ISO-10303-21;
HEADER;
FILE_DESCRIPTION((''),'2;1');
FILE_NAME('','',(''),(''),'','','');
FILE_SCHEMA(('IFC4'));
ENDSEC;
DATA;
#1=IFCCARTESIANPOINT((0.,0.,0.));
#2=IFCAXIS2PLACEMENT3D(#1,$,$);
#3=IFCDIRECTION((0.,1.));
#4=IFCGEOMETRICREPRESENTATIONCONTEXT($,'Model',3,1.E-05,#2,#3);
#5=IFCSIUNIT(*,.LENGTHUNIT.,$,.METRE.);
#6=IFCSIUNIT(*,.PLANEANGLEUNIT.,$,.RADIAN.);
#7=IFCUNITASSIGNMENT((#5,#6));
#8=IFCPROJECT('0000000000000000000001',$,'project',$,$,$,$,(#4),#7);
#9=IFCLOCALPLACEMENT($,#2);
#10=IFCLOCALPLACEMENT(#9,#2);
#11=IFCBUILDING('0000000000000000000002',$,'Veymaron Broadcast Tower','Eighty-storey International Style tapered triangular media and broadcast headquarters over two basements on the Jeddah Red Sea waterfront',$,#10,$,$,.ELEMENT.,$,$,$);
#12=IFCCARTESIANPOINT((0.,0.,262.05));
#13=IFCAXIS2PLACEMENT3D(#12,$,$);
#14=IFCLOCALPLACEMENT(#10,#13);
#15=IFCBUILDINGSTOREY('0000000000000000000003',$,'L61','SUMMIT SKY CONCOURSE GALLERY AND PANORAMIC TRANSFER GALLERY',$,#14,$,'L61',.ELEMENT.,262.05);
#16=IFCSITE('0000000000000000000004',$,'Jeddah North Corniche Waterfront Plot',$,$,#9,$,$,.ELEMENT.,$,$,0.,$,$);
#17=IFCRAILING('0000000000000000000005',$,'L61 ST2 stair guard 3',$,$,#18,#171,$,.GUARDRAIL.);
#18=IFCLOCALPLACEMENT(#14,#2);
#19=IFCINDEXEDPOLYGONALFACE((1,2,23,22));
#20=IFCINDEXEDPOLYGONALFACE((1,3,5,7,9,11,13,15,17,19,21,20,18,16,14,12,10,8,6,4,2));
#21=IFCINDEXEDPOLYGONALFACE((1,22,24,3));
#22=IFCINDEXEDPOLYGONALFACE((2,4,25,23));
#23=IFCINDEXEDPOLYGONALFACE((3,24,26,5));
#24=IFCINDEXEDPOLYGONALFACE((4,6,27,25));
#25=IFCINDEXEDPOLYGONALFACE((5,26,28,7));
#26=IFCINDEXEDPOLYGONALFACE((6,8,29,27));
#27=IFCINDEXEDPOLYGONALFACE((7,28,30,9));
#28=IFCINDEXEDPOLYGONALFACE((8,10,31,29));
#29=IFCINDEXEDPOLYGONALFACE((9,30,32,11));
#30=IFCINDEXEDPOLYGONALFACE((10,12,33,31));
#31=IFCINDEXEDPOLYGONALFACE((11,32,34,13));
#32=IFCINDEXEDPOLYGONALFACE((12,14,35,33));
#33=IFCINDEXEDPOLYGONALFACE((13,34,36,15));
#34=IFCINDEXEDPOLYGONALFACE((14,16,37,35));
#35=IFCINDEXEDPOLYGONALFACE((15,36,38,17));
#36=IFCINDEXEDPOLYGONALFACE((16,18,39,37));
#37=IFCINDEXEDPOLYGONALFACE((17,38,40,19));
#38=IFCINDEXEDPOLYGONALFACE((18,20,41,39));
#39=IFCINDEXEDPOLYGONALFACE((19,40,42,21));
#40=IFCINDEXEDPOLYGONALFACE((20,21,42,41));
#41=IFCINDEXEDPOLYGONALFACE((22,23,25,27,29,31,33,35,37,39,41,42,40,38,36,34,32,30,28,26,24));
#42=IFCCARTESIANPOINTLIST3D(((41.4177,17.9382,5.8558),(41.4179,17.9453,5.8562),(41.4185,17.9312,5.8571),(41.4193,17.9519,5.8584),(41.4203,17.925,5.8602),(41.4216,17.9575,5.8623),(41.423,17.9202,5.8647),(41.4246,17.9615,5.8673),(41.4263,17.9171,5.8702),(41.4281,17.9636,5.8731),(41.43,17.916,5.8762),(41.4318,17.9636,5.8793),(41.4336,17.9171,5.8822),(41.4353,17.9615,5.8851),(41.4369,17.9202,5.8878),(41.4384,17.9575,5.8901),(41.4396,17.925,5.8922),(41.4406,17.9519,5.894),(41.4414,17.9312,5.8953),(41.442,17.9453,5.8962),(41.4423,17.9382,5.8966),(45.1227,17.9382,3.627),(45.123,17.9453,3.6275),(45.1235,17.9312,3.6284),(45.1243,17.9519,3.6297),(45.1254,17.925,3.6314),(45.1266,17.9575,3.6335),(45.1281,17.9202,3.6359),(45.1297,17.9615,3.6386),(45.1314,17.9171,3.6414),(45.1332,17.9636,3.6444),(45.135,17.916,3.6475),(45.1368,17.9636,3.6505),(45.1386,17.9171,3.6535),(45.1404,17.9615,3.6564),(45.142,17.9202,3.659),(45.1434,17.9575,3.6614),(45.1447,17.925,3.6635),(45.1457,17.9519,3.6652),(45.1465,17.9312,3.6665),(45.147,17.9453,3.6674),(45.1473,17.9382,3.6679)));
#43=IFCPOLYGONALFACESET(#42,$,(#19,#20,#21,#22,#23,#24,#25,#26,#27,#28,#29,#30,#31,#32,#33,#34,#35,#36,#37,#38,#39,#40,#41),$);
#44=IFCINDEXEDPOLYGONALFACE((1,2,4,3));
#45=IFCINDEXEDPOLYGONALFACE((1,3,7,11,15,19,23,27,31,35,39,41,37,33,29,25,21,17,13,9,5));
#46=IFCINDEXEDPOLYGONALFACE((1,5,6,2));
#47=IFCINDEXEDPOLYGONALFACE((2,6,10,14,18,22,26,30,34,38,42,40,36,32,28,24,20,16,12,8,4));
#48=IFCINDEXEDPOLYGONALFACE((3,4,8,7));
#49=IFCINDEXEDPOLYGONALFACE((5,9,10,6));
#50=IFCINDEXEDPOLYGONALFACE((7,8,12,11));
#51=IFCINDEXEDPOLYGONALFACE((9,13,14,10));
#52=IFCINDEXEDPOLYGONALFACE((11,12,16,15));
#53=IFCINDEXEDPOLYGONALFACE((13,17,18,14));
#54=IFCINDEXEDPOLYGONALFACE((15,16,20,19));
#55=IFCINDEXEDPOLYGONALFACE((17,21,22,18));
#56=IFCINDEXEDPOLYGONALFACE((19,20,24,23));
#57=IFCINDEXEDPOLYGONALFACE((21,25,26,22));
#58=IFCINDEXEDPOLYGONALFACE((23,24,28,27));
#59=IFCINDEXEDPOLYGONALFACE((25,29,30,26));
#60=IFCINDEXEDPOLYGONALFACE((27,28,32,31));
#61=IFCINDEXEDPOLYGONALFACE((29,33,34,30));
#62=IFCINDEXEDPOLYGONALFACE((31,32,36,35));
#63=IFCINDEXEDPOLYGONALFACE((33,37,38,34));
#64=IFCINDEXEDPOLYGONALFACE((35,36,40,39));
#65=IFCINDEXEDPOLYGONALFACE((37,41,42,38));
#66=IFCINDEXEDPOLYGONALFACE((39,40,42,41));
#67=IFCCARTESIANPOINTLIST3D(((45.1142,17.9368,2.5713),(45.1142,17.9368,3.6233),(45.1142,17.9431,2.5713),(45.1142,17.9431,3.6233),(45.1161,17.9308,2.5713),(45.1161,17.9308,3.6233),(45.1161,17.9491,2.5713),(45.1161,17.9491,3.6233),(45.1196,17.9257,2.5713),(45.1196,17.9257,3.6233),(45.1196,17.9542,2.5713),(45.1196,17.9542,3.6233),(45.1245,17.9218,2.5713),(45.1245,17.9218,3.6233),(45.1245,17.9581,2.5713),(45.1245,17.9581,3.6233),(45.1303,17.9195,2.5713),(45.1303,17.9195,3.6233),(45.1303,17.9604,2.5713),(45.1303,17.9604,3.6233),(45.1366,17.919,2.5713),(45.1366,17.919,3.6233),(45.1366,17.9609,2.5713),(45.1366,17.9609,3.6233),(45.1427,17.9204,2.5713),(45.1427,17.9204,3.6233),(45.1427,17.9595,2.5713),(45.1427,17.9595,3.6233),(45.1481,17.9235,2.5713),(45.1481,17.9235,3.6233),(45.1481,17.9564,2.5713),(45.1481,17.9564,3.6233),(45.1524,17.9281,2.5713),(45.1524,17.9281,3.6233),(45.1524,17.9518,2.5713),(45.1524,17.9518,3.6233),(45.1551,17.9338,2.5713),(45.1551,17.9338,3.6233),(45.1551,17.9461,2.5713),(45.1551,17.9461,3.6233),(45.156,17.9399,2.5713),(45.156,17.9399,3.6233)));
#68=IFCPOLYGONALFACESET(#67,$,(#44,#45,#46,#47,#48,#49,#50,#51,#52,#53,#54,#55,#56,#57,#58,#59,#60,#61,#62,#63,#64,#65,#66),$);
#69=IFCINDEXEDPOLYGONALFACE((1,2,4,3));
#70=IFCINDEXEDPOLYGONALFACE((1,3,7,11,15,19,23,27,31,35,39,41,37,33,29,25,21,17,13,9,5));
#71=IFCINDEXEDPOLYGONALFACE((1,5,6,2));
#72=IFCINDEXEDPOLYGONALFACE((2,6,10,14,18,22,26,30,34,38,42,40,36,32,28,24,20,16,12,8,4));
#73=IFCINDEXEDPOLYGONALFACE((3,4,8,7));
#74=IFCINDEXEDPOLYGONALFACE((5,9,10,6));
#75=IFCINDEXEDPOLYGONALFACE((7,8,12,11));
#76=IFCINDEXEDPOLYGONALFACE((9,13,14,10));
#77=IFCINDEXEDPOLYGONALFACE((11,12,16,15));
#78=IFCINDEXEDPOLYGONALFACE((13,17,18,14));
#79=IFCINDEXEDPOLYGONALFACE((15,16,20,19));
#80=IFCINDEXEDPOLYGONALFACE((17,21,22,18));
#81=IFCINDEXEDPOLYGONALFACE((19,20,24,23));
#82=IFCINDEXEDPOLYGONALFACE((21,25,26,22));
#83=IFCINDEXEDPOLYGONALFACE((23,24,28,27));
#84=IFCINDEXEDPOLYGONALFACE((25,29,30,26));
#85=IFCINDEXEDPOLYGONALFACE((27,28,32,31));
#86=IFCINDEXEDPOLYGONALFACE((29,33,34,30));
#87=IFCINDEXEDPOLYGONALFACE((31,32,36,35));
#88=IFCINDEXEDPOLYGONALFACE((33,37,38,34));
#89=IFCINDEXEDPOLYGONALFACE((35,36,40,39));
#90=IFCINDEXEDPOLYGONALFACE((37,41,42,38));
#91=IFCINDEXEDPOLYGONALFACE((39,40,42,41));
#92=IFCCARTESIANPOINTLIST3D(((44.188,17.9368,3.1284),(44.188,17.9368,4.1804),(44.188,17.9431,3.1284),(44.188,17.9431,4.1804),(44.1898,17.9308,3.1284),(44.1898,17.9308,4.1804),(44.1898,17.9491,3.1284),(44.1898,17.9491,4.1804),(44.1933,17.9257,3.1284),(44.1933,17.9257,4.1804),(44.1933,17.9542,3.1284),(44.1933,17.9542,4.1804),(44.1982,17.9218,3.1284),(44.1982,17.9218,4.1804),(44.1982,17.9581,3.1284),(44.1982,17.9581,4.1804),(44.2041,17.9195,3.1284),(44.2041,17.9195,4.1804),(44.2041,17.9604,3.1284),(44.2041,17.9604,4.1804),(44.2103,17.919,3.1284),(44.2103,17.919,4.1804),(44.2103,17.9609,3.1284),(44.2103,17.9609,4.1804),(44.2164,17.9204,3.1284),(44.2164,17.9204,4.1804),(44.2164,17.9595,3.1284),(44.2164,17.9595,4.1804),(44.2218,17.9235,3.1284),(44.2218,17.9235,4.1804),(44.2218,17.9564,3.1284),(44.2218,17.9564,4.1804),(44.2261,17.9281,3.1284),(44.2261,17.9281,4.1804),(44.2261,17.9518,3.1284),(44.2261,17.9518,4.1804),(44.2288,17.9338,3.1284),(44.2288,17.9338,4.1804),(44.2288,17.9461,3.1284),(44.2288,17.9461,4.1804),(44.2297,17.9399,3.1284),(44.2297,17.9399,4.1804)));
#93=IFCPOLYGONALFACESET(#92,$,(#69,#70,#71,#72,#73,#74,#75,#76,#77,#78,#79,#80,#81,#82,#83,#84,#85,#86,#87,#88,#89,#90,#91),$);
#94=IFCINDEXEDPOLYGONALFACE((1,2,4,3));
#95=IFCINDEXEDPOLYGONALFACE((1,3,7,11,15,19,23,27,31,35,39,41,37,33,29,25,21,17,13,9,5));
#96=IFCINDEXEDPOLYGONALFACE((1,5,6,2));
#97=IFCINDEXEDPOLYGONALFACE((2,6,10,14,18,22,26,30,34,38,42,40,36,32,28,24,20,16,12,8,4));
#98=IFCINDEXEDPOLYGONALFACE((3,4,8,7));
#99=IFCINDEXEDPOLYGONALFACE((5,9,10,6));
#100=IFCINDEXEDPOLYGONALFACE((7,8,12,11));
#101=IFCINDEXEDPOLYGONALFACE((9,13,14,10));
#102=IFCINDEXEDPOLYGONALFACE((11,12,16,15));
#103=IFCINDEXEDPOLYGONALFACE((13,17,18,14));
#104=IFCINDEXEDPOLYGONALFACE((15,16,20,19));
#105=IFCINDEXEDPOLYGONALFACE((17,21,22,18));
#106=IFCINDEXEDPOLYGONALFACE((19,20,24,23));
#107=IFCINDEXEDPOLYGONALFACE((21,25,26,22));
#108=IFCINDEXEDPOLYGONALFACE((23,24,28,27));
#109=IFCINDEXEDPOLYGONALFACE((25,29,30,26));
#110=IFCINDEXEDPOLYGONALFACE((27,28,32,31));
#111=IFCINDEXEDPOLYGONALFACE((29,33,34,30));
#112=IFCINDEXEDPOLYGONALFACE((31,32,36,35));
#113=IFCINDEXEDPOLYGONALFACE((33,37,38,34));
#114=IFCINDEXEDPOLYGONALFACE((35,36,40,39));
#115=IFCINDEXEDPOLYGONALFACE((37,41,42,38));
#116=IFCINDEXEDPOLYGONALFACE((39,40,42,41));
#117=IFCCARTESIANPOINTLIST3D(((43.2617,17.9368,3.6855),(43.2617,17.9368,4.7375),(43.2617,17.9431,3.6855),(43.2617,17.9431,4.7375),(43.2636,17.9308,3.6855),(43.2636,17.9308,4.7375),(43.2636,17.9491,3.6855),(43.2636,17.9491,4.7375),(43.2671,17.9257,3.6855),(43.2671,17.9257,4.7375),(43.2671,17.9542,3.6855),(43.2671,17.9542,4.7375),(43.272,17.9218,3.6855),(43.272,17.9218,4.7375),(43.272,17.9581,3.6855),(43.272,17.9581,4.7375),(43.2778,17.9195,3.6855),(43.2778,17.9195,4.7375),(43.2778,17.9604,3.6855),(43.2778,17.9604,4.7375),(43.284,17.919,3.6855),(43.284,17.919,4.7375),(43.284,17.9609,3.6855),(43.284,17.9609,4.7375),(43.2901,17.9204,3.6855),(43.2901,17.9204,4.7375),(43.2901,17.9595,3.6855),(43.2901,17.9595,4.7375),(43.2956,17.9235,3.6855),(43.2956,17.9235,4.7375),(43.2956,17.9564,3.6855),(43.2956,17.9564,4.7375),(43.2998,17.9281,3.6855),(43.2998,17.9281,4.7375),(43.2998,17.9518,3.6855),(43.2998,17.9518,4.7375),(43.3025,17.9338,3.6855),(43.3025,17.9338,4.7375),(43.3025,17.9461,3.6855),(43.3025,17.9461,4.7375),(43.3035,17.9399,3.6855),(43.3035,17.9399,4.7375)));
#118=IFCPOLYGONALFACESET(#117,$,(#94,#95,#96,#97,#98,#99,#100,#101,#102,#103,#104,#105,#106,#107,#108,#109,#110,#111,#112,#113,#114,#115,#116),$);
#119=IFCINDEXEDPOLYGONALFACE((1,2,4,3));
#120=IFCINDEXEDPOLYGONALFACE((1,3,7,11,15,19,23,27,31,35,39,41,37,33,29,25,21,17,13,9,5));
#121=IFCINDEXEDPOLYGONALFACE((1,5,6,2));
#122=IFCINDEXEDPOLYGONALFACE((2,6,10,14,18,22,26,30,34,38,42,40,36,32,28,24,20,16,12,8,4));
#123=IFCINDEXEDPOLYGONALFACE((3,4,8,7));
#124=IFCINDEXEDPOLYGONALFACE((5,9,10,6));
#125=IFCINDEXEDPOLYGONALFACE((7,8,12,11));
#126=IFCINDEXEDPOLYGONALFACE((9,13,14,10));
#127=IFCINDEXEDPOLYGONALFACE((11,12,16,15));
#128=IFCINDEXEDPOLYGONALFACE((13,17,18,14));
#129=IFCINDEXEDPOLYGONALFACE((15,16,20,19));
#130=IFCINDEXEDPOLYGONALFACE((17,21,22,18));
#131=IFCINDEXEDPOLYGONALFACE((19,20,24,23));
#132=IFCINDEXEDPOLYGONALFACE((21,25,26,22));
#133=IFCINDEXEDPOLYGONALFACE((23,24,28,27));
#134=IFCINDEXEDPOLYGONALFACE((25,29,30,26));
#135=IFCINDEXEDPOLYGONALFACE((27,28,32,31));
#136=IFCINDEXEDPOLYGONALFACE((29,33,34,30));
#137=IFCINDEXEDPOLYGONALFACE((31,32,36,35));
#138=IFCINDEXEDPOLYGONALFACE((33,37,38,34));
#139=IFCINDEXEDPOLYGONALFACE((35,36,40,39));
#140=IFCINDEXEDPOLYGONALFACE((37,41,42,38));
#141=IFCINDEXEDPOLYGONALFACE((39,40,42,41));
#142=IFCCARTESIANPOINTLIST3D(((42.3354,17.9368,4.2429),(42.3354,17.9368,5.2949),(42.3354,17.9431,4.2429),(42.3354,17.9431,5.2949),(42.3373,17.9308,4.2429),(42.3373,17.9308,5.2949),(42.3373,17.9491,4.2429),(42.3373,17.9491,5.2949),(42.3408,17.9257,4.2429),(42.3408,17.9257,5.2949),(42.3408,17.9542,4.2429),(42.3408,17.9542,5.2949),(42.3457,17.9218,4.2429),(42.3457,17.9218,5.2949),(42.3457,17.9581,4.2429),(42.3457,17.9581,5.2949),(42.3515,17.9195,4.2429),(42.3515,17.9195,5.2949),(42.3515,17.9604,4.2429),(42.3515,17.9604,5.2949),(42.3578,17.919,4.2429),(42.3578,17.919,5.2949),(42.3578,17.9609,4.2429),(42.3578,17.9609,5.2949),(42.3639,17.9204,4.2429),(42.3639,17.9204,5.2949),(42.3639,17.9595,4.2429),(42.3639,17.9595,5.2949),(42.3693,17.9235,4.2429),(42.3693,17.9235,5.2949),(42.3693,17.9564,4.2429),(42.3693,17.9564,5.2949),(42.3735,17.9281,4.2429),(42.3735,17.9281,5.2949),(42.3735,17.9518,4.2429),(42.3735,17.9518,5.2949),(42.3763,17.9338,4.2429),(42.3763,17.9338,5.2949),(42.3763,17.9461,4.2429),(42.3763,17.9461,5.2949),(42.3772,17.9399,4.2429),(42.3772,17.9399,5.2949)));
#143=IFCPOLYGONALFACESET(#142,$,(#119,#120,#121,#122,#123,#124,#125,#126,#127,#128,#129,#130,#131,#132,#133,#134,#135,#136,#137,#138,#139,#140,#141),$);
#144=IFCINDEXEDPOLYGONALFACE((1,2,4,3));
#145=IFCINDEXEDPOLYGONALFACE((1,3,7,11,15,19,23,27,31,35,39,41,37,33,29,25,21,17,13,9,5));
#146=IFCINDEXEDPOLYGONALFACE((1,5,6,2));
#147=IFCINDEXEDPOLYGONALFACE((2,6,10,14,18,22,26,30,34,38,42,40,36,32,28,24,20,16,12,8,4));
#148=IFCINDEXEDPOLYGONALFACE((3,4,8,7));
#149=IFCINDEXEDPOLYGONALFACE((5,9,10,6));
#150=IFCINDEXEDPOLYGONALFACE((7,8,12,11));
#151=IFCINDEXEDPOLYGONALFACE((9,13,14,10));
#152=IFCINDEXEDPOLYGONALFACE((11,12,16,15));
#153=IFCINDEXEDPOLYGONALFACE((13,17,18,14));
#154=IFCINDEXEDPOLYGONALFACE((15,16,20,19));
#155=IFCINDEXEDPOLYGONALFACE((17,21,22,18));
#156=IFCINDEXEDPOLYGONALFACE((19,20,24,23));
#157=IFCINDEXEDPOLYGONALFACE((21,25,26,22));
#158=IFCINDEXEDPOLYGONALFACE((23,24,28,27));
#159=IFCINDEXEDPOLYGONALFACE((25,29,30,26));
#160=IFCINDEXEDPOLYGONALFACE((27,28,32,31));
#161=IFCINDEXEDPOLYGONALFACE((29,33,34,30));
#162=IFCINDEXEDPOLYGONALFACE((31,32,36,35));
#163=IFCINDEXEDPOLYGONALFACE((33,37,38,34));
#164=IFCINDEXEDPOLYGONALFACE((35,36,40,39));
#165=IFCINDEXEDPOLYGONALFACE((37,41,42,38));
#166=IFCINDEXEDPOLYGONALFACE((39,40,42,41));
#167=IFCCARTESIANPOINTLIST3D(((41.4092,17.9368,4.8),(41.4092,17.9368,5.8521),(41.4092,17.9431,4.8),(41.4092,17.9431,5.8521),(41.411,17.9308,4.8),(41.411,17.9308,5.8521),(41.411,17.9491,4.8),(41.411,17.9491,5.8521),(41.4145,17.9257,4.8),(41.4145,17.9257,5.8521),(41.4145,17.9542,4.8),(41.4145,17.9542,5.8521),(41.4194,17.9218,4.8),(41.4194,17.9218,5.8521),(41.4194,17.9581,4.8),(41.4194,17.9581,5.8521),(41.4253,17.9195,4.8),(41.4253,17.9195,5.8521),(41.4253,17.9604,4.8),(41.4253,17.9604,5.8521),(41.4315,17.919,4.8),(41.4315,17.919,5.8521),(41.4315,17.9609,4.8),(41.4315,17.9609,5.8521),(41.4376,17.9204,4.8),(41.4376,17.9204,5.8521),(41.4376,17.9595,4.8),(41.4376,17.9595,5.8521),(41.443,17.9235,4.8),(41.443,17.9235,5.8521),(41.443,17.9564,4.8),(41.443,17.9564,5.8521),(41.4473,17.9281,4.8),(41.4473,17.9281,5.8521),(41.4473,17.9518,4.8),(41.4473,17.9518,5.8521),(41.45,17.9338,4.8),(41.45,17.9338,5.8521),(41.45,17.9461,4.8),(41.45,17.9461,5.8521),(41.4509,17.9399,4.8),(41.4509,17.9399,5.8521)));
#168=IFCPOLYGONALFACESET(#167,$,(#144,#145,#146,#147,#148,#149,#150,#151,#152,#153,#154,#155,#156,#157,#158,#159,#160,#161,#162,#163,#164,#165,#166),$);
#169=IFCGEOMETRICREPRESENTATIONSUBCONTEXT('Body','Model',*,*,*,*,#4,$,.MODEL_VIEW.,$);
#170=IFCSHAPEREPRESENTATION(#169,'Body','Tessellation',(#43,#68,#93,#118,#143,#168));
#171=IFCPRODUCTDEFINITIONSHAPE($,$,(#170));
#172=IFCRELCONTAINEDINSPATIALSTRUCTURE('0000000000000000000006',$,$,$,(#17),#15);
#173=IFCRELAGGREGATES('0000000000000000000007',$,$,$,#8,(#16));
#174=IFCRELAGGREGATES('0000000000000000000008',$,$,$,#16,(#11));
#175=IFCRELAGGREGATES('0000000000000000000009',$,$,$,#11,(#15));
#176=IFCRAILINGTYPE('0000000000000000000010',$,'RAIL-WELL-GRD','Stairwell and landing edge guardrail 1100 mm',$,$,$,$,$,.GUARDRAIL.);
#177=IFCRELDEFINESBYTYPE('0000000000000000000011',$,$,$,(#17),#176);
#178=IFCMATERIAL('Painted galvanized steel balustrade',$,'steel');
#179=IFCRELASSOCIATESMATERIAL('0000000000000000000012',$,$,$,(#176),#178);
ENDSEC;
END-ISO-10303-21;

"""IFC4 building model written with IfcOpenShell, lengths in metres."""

from ifc_helpers import new_model, si_unit, direction, frame, origin, origin_2d, place, context, subcontext, project, spatial, circle, extrude, material, type_object, element, save


model = new_model("IFC4")

# Units and contexts
model_context = context("Model", 3, precision=1e-05, world=origin(), true_north=direction((0.0, 1.0)))
body_context = subcontext(model_context, "Body", "Model", "MODEL_VIEW")
ifc_project = project(units=[si_unit("LENGTHUNIT", "METRE"), si_unit("PLANEANGLEUNIT", "RADIAN")], contexts=[model_context])

# Site, building, storey
site_placement = place(None, origin())
site = spatial("IfcSite", under=ifc_project, at=site_placement, Name="Jeddah North Corniche Waterfront Plot", CompositionType="ELEMENT", RefElevation=0.0)
building_placement = place(site_placement, origin())
building = spatial("IfcBuilding", under=site, at=building_placement, Name="Veymaron Broadcast Tower", Description="Eighty-storey International Style tapered triangular media and broadcast headquarters over two basements on the Jeddah Red Sea waterfront", CompositionType="ELEMENT")
storey_placement = place(building_placement, frame((0.0, 0.0, 262.05)))
storey = spatial("IfcBuildingStorey", under=building, at=storey_placement, Name="L61", Description="SUMMIT SKY CONCOURSE GALLERY AND PANORAMIC TRANSFER GALLERY", LongName="L61", CompositionType="ELEMENT", Elevation=262.05)

# Railing
ifc_material_1 = material(Name="Painted galvanized steel balustrade", Category="steel")
railing_type_1 = type_object("IfcRailingType", Name="RAIL-WELL-GRD", Description="Stairwell and landing edge guardrail 1100 mm", PredefinedType="GUARDRAIL", material=ifc_material_1)
railing_1_placement = place(storey_placement, frame((45.135, 17.9399, 2.5713)))
element("IfcRailing", 1, at=railing_1_placement, inside=storey, type_object=railing_type_1, Name="L61 ST2 stair guard 3", PredefinedType="GUARDRAIL", context=body_context, shape_type="SweptSolid", body=[
    extrude(circle(Radius=0.0239, at=origin_2d()), frame((0.0, 0.0, 1.0762), z_axis=(-0.856909, 0.0, 0.515467), x_axis=(0.0, -1.0, 0.0)), (0.0, 0.0, 1.0), 4.3237),
    extrude(circle(Radius=0.021, at=origin_2d()), origin(), (0.0, 0.0, 1.0), 1.052),
    extrude(circle(Radius=0.021, at=origin_2d()), frame((-0.9263, 0.0, 0.5571)), (0.0, 0.0, 1.0), 1.052),
    extrude(circle(Radius=0.021, at=origin_2d()), frame((-1.8525, 0.0, 1.1143)), (0.0, 0.0, 1.0), 1.052),
    extrude(circle(Radius=0.021, at=origin_2d()), frame((-2.7788, 0.0, 1.6716)), (0.0, 0.0, 1.0), 1.052),
    extrude(circle(Radius=0.021, at=origin_2d()), frame((-3.7051, 0.0, 2.2288)), (0.0, 0.0, 1.0), 1.052),
])

save(model, "model.ifc")
